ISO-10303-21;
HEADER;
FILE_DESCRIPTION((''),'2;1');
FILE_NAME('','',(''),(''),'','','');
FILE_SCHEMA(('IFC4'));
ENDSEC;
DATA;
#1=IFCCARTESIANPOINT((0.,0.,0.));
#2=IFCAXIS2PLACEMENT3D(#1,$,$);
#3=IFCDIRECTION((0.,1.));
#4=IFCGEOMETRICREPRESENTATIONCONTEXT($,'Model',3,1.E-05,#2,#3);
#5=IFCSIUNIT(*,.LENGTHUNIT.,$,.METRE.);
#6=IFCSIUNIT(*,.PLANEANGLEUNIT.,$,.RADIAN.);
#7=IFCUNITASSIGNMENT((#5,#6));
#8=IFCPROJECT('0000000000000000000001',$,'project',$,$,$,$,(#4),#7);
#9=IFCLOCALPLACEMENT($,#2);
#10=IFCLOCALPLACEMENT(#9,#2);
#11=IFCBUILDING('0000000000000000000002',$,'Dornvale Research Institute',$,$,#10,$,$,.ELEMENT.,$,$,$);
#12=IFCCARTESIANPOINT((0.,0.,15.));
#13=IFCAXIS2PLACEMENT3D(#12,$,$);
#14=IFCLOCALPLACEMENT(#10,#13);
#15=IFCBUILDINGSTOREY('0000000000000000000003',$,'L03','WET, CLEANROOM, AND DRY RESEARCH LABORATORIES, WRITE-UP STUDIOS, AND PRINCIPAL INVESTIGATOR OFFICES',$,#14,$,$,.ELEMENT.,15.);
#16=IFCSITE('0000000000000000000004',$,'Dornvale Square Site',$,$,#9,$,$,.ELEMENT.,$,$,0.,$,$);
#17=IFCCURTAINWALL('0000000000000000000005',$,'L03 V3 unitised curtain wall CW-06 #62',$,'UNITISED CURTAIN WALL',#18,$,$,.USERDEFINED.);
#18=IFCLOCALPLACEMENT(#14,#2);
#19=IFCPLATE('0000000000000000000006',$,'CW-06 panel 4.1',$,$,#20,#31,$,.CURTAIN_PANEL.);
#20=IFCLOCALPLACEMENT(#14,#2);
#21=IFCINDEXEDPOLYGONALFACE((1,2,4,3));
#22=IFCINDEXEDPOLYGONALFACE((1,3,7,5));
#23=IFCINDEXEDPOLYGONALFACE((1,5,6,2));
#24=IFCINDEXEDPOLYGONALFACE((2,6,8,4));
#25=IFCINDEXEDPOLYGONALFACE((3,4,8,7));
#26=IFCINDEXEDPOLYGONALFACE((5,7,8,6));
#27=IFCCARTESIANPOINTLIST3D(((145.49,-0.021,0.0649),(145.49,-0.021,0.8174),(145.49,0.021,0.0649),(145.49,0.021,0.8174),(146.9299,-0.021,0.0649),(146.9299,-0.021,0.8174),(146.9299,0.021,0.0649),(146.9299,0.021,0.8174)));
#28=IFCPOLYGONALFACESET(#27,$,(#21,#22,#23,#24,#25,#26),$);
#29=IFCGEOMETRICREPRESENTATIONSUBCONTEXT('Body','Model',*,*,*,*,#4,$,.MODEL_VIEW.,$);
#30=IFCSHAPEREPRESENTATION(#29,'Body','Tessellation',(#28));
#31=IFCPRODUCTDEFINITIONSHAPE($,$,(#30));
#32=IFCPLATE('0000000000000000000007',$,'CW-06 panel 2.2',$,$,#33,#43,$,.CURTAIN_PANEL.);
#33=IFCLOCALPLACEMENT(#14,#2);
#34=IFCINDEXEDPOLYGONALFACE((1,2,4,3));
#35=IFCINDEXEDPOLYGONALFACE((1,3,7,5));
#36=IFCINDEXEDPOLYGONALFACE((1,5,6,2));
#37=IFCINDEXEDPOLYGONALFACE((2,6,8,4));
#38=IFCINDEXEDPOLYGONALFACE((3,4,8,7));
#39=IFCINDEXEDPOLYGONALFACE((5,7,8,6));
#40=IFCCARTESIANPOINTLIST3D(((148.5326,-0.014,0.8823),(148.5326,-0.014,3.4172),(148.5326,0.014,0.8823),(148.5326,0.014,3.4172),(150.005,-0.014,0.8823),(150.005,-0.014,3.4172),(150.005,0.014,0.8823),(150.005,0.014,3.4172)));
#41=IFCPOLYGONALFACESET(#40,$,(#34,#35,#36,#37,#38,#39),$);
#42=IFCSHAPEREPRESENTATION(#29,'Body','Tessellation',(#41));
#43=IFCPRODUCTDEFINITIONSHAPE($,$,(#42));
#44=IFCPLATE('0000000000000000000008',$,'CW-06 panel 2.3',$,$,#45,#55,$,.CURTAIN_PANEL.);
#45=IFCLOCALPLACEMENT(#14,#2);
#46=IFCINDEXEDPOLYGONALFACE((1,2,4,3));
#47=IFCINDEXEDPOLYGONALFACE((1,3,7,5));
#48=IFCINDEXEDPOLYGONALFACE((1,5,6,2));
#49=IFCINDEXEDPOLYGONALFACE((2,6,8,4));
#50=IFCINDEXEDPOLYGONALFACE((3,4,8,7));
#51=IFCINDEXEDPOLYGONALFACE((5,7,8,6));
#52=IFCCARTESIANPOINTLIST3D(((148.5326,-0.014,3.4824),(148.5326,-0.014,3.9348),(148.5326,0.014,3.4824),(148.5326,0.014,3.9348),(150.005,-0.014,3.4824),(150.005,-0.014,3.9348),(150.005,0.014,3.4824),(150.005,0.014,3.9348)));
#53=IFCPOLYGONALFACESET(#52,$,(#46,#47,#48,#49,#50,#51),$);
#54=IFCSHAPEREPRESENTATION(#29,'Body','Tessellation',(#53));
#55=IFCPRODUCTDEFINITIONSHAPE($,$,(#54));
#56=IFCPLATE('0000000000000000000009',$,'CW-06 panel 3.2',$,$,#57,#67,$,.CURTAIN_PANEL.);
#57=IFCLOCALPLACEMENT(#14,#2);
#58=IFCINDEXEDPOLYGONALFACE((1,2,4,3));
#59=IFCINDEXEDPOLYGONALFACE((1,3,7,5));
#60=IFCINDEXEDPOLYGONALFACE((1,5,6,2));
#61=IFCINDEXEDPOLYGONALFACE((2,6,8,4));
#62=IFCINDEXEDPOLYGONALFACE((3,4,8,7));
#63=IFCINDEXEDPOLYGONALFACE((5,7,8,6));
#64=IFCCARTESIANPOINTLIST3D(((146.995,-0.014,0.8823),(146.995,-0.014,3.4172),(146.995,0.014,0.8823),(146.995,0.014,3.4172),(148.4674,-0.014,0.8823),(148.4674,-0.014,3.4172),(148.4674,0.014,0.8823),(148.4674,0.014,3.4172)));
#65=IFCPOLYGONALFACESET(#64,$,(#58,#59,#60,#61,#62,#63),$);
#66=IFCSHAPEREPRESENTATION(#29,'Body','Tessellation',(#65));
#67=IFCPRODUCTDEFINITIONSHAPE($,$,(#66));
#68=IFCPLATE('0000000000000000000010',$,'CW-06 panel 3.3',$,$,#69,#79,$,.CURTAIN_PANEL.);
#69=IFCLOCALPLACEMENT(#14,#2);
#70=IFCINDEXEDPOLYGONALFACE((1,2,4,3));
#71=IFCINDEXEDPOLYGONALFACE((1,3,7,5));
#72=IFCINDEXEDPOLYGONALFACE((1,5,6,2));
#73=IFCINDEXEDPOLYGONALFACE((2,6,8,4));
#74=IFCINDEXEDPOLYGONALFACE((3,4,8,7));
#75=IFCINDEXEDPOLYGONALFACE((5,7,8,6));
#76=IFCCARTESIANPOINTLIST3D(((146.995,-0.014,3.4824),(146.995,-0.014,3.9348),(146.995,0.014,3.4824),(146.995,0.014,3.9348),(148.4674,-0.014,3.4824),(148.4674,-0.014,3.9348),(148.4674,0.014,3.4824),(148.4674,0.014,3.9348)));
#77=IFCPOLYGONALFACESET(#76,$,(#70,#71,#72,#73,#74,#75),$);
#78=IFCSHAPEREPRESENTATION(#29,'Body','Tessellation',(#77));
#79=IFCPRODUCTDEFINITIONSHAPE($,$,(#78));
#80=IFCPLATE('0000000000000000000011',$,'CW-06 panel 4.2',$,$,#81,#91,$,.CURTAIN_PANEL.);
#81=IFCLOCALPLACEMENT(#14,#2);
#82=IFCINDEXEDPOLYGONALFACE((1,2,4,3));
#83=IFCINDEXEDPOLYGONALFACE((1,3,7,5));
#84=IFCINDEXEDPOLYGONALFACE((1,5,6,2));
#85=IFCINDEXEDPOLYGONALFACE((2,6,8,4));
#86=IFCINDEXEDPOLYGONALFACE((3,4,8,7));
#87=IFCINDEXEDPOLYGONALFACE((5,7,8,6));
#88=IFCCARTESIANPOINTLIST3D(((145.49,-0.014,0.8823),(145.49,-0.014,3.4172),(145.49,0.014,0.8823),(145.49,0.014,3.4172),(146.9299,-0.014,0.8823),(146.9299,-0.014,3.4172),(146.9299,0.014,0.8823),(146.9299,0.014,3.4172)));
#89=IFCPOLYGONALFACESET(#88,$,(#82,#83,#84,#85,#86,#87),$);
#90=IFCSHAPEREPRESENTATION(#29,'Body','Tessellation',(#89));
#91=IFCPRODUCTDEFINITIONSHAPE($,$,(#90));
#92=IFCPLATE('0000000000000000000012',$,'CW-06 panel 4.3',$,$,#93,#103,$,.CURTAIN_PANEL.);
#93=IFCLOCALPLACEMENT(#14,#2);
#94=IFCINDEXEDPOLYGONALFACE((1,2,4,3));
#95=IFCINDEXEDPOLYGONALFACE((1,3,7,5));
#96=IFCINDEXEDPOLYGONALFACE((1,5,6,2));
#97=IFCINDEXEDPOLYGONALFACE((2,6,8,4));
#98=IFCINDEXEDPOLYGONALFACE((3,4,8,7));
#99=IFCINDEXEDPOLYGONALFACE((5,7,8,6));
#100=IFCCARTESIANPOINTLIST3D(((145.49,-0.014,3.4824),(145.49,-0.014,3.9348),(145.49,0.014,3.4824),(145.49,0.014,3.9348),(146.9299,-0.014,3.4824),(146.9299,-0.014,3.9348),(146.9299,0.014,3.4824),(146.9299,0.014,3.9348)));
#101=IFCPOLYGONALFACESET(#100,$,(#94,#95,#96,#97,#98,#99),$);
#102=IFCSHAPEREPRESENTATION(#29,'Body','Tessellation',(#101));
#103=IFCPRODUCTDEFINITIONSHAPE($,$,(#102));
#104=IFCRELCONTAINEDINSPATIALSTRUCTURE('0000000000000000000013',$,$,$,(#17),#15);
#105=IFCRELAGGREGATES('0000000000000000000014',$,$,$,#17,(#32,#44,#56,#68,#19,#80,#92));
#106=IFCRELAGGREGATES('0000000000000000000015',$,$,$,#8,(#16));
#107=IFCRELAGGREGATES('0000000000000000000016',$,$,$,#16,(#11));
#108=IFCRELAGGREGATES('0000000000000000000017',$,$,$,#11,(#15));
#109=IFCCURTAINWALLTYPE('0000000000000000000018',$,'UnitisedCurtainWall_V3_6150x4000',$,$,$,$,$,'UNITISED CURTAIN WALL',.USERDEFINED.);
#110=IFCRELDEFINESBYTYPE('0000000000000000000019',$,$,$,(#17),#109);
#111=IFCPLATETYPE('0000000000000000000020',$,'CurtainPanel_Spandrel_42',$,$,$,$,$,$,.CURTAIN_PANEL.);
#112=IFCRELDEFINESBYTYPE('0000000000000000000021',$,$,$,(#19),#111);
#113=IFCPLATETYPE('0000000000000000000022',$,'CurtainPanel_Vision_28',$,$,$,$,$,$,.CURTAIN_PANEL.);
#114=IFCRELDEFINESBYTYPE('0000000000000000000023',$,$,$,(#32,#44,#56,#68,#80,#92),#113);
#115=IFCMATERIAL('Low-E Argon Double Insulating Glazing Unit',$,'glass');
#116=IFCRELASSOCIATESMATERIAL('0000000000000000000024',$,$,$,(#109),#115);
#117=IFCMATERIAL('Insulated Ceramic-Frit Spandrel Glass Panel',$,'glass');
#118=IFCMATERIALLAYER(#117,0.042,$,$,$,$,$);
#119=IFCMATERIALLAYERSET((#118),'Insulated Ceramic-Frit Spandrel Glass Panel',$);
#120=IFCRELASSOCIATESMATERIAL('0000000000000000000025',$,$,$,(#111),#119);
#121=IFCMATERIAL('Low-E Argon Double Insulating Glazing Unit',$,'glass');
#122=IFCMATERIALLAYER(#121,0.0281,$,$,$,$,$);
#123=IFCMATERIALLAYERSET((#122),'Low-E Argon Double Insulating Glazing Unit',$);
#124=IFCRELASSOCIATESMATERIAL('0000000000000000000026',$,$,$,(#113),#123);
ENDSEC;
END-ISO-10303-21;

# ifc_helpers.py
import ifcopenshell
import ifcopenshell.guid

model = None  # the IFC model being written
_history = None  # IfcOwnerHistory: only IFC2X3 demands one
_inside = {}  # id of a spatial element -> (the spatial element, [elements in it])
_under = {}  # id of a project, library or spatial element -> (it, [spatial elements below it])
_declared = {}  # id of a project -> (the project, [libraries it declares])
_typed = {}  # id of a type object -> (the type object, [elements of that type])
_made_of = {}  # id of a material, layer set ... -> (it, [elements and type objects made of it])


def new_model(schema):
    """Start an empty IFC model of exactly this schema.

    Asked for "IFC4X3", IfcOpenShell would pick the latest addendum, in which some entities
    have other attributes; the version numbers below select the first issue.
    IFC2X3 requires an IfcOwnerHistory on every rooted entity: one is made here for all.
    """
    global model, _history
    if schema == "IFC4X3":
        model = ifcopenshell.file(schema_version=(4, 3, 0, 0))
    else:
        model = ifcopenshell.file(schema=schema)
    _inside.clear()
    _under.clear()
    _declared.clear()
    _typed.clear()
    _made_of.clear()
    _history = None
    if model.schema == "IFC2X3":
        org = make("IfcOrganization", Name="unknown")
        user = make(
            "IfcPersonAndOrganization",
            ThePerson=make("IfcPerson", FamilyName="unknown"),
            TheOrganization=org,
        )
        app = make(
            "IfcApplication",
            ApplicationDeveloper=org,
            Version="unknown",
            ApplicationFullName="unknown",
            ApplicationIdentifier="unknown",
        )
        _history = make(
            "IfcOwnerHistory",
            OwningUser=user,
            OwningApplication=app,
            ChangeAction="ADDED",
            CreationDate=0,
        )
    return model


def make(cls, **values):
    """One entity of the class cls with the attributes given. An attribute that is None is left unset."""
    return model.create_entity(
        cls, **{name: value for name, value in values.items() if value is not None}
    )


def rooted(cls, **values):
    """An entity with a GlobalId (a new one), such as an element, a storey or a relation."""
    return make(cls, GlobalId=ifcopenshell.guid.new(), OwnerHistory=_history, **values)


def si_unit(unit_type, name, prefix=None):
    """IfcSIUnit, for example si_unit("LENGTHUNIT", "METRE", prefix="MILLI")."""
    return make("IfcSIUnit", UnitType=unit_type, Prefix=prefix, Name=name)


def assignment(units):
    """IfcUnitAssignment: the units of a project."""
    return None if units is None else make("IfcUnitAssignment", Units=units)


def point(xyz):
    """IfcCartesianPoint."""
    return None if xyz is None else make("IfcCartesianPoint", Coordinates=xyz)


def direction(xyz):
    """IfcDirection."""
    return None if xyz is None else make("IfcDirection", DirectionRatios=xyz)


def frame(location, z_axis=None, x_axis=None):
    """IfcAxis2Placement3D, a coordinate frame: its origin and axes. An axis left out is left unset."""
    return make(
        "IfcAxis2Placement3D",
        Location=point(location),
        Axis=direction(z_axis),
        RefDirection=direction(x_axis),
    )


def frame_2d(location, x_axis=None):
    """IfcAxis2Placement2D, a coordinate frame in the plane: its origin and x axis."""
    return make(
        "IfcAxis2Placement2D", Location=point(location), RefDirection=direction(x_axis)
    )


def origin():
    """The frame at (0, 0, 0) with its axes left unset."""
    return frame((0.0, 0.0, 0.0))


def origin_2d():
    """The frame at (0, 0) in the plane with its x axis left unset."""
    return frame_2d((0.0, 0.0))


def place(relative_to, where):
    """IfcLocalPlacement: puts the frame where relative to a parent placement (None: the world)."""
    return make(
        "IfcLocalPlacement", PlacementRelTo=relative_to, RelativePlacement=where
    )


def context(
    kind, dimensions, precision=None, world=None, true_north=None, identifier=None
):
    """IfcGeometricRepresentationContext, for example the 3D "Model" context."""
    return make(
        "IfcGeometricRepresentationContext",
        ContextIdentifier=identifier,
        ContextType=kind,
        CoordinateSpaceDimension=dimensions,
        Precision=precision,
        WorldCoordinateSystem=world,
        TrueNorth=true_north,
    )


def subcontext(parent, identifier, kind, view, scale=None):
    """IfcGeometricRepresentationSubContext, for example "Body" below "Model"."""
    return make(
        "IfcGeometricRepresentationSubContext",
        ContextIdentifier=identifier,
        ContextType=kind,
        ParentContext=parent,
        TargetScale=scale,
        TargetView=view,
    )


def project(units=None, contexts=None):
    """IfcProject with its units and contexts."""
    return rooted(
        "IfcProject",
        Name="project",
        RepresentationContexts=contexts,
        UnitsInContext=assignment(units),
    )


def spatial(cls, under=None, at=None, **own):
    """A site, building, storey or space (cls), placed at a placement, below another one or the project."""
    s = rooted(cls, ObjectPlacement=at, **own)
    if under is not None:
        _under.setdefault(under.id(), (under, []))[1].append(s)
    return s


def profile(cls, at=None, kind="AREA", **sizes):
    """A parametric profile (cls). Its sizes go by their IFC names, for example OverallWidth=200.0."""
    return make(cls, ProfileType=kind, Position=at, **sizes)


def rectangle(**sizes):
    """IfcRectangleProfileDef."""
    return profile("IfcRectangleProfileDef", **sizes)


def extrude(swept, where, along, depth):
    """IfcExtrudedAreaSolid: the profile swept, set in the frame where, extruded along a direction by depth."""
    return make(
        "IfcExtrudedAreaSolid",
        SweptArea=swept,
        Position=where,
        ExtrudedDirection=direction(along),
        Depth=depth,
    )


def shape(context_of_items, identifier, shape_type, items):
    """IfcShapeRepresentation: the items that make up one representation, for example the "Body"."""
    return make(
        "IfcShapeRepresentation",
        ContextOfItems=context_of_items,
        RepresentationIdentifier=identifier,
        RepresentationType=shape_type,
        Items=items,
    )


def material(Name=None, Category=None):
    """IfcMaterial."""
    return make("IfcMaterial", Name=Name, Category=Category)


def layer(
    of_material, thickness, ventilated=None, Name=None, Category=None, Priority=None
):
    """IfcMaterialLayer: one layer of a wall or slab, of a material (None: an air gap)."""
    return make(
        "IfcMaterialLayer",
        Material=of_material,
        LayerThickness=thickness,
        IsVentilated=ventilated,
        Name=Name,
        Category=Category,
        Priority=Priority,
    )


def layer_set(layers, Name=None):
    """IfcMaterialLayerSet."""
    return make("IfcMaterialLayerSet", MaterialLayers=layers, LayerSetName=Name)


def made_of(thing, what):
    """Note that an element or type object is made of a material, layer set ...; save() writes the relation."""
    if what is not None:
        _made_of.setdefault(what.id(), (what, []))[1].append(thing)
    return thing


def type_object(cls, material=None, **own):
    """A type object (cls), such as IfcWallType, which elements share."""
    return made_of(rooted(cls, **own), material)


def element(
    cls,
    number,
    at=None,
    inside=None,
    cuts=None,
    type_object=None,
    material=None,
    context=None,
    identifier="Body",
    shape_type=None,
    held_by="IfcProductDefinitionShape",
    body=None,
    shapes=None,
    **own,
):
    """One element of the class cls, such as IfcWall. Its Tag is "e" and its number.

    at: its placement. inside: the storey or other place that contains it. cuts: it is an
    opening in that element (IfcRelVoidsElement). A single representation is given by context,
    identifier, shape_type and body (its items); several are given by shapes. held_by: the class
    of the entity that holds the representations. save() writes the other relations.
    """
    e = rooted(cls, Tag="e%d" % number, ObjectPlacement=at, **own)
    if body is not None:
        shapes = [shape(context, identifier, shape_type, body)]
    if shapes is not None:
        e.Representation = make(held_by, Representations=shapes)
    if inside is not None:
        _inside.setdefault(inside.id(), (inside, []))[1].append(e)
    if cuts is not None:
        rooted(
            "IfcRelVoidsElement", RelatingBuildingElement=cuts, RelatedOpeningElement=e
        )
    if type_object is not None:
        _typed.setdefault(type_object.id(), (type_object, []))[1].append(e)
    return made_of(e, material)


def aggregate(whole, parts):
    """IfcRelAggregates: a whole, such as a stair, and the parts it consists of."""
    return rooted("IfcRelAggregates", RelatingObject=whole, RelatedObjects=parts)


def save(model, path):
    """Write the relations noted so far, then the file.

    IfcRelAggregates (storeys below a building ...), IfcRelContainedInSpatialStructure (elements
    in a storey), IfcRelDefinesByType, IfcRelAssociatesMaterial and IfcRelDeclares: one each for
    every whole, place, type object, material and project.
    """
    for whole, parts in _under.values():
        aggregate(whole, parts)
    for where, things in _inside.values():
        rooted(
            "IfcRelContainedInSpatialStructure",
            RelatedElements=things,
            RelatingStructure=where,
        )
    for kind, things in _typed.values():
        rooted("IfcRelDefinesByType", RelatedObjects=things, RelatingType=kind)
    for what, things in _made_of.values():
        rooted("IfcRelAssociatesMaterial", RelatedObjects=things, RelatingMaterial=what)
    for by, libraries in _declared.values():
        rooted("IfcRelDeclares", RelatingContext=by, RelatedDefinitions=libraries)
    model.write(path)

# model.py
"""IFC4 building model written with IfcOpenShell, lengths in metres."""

from ifc_helpers import new_model, si_unit, direction, frame, origin, origin_2d, place, context, subcontext, project, spatial, rectangle, extrude, material, layer, layer_set, type_object, element, aggregate, save


model = new_model("IFC4")

# Units and contexts
model_context = context("Model", 3, precision=1e-05, world=origin(), true_north=direction((0.0, 1.0)))
body_context = subcontext(model_context, "Body", "Model", "MODEL_VIEW")
ifc_project = project(units=[si_unit("LENGTHUNIT", "METRE"), si_unit("PLANEANGLEUNIT", "RADIAN")], contexts=[model_context])

# Site, building, storey
site_placement = place(None, origin())
site = spatial("IfcSite", under=ifc_project, at=site_placement, Name="Dornvale Square Site", CompositionType="ELEMENT", RefElevation=0.0)
building_placement = place(site_placement, origin())
building = spatial("IfcBuilding", under=site, at=building_placement, Name="Dornvale Research Institute", CompositionType="ELEMENT")
storey_placement = place(building_placement, frame((0.0, 0.0, 15.0)))
storey = spatial("IfcBuildingStorey", under=building, at=storey_placement, Name="L03", Description="WET, CLEANROOM, AND DRY RESEARCH LABORATORIES, WRITE-UP STUDIOS, AND PRINCIPAL INVESTIGATOR OFFICES", CompositionType="ELEMENT", Elevation=15.0)

# Curtain wall, plates
ifc_material_1 = material(Name="Low-E Argon Double Insulating Glazing Unit", Category="glass")
curtain_wall_type = type_object("IfcCurtainWallType", Name="UnitisedCurtainWall_V3_6150x4000", ElementType="UNITISED CURTAIN WALL", PredefinedType="USERDEFINED", material=ifc_material_1)
curtain_wall_placement = place(storey_placement, origin())
curtain_wall = element("IfcCurtainWall", 1, at=curtain_wall_placement, inside=storey, type_object=curtain_wall_type, Name="L03 V3 unitised curtain wall CW-06 #62", ObjectType="UNITISED CURTAIN WALL", PredefinedType="USERDEFINED")
ifc_material_2 = material(Name="Insulated Ceramic-Frit Spandrel Glass Panel", Category="glass")
ifc_layer_1 = layer(ifc_material_2, 0.042)
ifc_layer_set_1 = layer_set([ifc_layer_1], Name="Insulated Ceramic-Frit Spandrel Glass Panel")
plate_type_1 = type_object("IfcPlateType", Name="CurtainPanel_Spandrel_42", PredefinedType="CURTAIN_PANEL", material=ifc_layer_set_1)
plate_1_placement = place(storey_placement, frame((146.21, 0.0, 0.0649), z_axis=(0.0, 0.0, 1.0), x_axis=(-1.0, 0.0, 0.0)))
plate_1 = element("IfcPlate", 2, at=plate_1_placement, type_object=plate_type_1, Name="CW-06 panel 4.1", PredefinedType="CURTAIN_PANEL", context=body_context, shape_type="SweptSolid", body=[
    extrude(rectangle(XDim=1.4399, YDim=0.042, at=origin_2d()), origin(), (0.0, 0.0, 1.0), 0.7524),
])
ifc_material_3 = material(Name="Low-E Argon Double Insulating Glazing Unit", Category="glass")
ifc_layer_2 = layer(ifc_material_3, 0.0281)
ifc_layer_set_2 = layer_set([ifc_layer_2], Name="Low-E Argon Double Insulating Glazing Unit")
plate_type_2 = type_object("IfcPlateType", Name="CurtainPanel_Vision_28", PredefinedType="CURTAIN_PANEL", material=ifc_layer_set_2)
plate_2_placement = place(storey_placement, frame((149.2688, 0.0, 0.8823), z_axis=(0.0, 0.0, 1.0), x_axis=(-1.0, 0.0, 0.0)))
plate_2 = element("IfcPlate", 3, at=plate_2_placement, type_object=plate_type_2, Name="CW-06 panel 2.2", PredefinedType="CURTAIN_PANEL", context=body_context, shape_type="SweptSolid", body=[
    extrude(rectangle(XDim=1.4724, YDim=0.0281, at=origin_2d()), origin(), (0.0, 0.0, 1.0), 2.5349),
])
plate_3_placement = place(storey_placement, frame((149.2688, 0.0, 3.4824), z_axis=(0.0, 0.0, 1.0), x_axis=(-1.0, 0.0, 0.0)))
plate_3 = element("IfcPlate", 4, at=plate_3_placement, type_object=plate_type_2, Name="CW-06 panel 2.3", PredefinedType="CURTAIN_PANEL", context=body_context, shape_type="SweptSolid", body=[
    extrude(rectangle(XDim=1.4724, YDim=0.0281, at=origin_2d()), origin(), (0.0, 0.0, 1.0), 0.4524),
])
plate_4_placement = place(storey_placement, frame((147.7312, 0.0, 0.8823), z_axis=(0.0, 0.0, 1.0), x_axis=(-1.0, 0.0, 0.0)))
plate_4 = element("IfcPlate", 5, at=plate_4_placement, type_object=plate_type_2, Name="CW-06 panel 3.2", PredefinedType="CURTAIN_PANEL", context=body_context, shape_type="SweptSolid", body=[
    extrude(rectangle(XDim=1.4724, YDim=0.0281, at=origin_2d()), origin(), (0.0, 0.0, 1.0), 2.5349),
])
plate_5_placement = place(storey_placement, frame((147.7312, 0.0, 3.4824), z_axis=(0.0, 0.0, 1.0), x_axis=(-1.0, 0.0, 0.0)))
plate_5 = element("IfcPlate", 6, at=plate_5_placement, type_object=plate_type_2, Name="CW-06 panel 3.3", PredefinedType="CURTAIN_PANEL", context=body_context, shape_type="SweptSolid", body=[
    extrude(rectangle(XDim=1.4724, YDim=0.0281, at=origin_2d()), origin(), (0.0, 0.0, 1.0), 0.4524),
])
plate_6_placement = place(storey_placement, frame((146.21, 0.0, 0.8823), z_axis=(0.0, 0.0, 1.0), x_axis=(-1.0, 0.0, 0.0)))
plate_6 = element("IfcPlate", 7, at=plate_6_placement, type_object=plate_type_2, Name="CW-06 panel 4.2", PredefinedType="CURTAIN_PANEL", context=body_context, shape_type="SweptSolid", body=[
    extrude(rectangle(XDim=1.4399, YDim=0.0281, at=origin_2d()), origin(), (0.0, 0.0, 1.0), 2.5349),
])
plate_7_placement = place(storey_placement, frame((146.21, 0.0, 3.4824), z_axis=(0.0, 0.0, 1.0), x_axis=(-1.0, 0.0, 0.0)))
plate_7 = element("IfcPlate", 8, at=plate_7_placement, type_object=plate_type_2, Name="CW-06 panel 4.3", PredefinedType="CURTAIN_PANEL", context=body_context, shape_type="SweptSolid", body=[
    extrude(rectangle(XDim=1.4399, YDim=0.0281, at=origin_2d()), origin(), (0.0, 0.0, 1.0), 0.4524),
])
aggregate(curtain_wall, [plate_2, plate_3, plate_4, plate_5, plate_1, plate_6, plate_7])

save(model, "model.ifc")
